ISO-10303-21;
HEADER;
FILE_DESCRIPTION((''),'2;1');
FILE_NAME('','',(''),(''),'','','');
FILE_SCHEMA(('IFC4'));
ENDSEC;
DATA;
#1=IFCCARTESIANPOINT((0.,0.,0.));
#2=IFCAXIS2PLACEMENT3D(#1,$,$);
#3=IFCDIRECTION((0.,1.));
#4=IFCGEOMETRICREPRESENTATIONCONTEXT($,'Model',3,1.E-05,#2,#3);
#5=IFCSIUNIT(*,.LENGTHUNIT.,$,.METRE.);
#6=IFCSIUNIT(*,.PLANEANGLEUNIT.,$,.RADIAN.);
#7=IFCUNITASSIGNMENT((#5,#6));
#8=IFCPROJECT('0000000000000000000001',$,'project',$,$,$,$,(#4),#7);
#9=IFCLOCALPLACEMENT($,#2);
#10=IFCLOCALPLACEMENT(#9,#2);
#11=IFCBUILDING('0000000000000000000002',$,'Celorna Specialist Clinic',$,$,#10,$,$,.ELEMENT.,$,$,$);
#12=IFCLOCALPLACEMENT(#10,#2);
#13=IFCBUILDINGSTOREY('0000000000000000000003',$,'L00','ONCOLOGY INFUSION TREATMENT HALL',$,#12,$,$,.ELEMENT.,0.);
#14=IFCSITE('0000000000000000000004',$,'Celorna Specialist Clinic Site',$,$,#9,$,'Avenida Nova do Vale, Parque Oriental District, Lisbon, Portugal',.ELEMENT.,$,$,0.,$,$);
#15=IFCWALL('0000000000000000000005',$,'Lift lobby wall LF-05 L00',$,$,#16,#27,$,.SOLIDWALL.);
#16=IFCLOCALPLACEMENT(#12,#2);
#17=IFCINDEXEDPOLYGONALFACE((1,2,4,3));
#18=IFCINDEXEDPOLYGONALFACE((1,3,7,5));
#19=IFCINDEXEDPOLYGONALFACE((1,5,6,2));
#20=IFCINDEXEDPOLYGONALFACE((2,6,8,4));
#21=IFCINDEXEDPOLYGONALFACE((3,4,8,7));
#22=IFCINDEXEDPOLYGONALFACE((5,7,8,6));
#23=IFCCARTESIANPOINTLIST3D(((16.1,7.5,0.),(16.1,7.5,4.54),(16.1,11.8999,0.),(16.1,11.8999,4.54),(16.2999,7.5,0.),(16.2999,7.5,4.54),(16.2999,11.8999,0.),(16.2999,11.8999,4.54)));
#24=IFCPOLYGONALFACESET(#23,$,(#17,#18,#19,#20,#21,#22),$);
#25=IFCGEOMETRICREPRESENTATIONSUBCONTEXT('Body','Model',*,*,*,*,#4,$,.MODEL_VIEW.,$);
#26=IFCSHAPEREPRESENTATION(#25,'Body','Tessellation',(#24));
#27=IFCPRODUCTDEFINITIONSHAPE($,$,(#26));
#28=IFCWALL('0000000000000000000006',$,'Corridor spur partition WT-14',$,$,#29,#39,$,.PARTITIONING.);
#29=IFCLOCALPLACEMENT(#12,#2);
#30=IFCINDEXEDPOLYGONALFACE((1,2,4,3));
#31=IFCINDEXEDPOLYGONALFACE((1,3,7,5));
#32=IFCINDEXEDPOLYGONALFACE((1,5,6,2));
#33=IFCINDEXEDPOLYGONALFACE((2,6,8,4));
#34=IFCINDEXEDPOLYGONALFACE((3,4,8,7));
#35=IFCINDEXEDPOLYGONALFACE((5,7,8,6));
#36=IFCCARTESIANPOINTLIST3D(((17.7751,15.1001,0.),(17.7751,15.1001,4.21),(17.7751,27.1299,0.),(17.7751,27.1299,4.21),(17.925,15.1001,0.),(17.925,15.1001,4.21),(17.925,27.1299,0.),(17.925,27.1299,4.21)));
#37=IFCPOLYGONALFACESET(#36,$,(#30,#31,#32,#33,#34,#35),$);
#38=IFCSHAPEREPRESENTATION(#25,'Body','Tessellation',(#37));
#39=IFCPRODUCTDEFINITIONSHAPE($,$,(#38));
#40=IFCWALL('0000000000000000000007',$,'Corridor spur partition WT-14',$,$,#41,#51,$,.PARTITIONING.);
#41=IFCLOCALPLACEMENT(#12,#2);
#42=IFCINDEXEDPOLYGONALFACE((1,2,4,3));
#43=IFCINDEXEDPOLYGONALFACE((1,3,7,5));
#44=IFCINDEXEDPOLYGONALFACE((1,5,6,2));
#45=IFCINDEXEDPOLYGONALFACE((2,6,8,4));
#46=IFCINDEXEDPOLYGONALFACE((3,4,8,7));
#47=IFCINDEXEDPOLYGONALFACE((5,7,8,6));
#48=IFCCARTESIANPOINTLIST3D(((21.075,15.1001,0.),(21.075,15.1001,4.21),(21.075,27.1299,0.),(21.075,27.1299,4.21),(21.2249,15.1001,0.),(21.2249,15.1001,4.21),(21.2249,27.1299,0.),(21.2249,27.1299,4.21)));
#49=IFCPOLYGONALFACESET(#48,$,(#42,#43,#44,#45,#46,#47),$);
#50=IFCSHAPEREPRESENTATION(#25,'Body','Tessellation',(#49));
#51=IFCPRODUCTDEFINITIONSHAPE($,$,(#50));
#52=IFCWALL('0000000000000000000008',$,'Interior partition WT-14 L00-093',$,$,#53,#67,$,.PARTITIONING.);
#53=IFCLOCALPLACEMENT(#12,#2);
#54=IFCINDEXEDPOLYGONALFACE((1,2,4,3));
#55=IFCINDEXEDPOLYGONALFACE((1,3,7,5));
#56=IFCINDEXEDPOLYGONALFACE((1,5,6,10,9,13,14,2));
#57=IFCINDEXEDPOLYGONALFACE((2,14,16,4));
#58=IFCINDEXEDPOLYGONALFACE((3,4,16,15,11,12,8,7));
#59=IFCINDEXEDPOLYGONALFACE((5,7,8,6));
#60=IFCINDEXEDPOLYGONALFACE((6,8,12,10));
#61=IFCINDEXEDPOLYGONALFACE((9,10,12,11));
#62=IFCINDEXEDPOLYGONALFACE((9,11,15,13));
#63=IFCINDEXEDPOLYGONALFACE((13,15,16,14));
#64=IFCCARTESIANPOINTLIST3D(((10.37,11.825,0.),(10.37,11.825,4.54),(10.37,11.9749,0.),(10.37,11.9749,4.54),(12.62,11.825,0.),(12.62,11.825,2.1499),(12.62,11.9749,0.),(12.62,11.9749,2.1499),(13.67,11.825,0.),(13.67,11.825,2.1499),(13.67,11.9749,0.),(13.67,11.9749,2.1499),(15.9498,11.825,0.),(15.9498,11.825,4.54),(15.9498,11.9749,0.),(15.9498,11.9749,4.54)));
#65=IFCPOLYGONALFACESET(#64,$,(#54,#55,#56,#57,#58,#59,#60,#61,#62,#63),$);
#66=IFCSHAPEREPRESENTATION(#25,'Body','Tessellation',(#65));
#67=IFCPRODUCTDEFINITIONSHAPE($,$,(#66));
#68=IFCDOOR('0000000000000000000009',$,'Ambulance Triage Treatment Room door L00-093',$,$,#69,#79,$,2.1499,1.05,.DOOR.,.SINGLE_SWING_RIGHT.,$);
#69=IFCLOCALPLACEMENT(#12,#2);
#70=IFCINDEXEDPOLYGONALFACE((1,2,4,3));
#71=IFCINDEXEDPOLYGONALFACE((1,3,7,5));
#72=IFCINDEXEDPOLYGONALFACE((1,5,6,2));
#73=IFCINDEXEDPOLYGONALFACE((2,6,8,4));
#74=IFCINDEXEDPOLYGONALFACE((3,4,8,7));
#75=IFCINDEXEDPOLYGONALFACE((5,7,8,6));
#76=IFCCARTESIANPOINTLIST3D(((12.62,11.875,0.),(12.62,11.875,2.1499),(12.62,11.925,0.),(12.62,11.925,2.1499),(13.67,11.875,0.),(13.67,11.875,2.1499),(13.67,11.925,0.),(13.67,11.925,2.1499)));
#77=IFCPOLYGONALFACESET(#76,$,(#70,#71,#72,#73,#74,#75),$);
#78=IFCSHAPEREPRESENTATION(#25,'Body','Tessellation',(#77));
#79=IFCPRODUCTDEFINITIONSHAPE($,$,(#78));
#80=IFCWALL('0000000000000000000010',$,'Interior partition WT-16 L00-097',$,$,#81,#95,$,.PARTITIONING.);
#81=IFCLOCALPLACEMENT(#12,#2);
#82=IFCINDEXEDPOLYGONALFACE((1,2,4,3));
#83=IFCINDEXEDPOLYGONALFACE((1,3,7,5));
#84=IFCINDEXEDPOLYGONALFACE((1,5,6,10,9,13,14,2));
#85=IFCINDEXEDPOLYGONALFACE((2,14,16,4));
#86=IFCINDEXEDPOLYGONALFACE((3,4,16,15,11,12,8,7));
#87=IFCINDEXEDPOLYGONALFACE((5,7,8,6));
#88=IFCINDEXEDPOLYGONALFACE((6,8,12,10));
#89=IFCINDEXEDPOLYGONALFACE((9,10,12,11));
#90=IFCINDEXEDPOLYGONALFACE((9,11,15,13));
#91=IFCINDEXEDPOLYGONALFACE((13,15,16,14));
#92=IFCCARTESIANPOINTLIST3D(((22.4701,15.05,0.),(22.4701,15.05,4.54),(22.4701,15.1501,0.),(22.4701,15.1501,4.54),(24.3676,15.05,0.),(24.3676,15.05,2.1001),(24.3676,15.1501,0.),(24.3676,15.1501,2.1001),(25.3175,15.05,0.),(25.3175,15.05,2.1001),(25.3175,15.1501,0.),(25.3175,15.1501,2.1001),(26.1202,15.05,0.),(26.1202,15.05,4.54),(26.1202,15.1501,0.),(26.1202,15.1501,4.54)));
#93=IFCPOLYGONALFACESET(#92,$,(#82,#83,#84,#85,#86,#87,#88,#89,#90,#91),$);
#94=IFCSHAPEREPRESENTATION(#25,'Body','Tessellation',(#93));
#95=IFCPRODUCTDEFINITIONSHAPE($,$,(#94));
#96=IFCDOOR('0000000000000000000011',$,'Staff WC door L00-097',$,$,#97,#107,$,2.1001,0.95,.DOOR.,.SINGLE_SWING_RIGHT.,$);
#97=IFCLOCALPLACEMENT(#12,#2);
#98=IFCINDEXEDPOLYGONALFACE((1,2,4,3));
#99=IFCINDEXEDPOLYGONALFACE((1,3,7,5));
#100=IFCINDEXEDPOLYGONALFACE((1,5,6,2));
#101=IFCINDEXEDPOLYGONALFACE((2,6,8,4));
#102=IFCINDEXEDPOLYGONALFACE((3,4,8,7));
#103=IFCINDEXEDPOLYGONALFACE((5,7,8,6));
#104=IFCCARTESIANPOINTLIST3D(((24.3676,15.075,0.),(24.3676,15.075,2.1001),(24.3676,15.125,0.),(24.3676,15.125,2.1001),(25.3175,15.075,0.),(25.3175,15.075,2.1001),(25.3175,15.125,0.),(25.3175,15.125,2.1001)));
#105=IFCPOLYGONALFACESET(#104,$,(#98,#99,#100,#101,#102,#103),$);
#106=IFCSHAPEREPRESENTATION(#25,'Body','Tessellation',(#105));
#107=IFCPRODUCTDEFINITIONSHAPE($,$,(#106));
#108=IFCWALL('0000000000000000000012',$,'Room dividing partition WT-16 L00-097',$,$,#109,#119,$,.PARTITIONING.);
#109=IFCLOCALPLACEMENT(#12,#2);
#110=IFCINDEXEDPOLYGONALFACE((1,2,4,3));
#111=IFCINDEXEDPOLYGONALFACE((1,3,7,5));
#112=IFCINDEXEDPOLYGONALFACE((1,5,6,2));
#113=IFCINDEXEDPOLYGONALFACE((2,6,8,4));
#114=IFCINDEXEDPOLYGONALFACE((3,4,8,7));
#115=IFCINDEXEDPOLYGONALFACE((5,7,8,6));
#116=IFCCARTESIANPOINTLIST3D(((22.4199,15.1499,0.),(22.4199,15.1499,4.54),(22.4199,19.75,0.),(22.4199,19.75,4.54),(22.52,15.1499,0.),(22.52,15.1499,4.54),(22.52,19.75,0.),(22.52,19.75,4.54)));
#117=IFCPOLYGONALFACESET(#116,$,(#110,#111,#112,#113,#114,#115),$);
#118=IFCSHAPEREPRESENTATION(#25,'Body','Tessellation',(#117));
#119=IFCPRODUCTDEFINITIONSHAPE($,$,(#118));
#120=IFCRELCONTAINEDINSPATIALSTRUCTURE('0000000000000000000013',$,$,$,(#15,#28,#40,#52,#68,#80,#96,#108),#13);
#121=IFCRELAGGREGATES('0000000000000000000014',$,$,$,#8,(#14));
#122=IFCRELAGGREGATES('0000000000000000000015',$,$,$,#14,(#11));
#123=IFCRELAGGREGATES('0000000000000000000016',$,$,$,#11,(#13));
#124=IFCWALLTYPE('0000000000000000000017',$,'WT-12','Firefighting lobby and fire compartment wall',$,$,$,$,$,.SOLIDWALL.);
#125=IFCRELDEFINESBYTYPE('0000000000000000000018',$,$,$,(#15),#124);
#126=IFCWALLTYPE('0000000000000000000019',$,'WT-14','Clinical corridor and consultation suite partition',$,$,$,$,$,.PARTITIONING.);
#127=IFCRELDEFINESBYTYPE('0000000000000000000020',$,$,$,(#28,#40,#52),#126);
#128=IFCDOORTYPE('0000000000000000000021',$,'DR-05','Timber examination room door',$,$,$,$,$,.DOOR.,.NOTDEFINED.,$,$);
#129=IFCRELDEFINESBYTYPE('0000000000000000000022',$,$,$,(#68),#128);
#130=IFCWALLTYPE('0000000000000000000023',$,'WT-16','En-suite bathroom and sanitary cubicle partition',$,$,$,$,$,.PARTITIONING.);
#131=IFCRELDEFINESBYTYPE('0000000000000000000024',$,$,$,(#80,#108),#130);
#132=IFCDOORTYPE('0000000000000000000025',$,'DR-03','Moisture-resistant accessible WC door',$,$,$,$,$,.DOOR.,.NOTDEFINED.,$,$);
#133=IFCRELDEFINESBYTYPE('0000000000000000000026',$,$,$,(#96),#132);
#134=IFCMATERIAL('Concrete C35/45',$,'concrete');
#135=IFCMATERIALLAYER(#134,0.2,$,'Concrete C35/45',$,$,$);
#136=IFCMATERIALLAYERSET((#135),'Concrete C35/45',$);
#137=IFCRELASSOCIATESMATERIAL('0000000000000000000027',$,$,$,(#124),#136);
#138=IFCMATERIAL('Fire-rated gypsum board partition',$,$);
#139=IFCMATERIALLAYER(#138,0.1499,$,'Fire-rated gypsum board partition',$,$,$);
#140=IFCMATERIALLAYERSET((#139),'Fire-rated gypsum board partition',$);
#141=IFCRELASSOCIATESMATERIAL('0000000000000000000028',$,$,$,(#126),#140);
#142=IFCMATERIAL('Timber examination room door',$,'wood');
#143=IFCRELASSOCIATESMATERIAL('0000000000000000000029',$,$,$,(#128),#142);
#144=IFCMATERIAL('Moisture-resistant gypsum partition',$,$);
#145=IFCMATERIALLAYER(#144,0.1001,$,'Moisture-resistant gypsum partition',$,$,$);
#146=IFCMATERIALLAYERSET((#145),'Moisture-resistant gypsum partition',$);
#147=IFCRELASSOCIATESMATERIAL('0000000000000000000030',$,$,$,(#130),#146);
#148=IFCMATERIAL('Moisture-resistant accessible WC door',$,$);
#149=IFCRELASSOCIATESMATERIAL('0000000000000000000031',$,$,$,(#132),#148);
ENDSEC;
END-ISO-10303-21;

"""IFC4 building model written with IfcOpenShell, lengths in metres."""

from ifc_helpers import new_model, si_unit, direction, frame, frame_2d, origin, place, context, subcontext, project, spatial, rectangle, extrude, material, layer, layer_set, type_object, element, fill, save


model = new_model("IFC4")

# Units and contexts
model_context = context("Model", 3, precision=1e-05, world=origin(), true_north=direction((0.0, 1.0)))
body_context = subcontext(model_context, "Body", "Model", "MODEL_VIEW")
ifc_project = project(units=[si_unit("LENGTHUNIT", "METRE"), si_unit("PLANEANGLEUNIT", "RADIAN")], contexts=[model_context])

# Site, building, storey
site_placement = place(None, origin())
site = spatial("IfcSite", under=ifc_project, at=site_placement, Name="Celorna Specialist Clinic Site", LongName="Avenida Nova do Vale, Parque Oriental District, Lisbon, Portugal", CompositionType="ELEMENT", RefElevation=0.0)
building_placement = place(site_placement, origin())
building = spatial("IfcBuilding", under=site, at=building_placement, Name="Celorna Specialist Clinic", CompositionType="ELEMENT")
storey_placement = place(building_placement, origin())
storey = spatial("IfcBuildingStorey", under=building, at=storey_placement, Name="L00", Description="ONCOLOGY INFUSION TREATMENT HALL", CompositionType="ELEMENT", Elevation=0.0)

# Walls
ifc_material_1 = material(Name="Concrete C35/45", Category="concrete")
ifc_layer_1 = layer(ifc_material_1, 0.2, Name="Concrete C35/45")
ifc_layer_set_1 = layer_set([ifc_layer_1], Name="Concrete C35/45")
wall_type_1 = type_object("IfcWallType", Name="WT-12", Description="Firefighting lobby and fire compartment wall", PredefinedType="SOLIDWALL", material=ifc_layer_set_1)
wall_1_placement = place(storey_placement, frame((16.2, 11.8999, 0.0), z_axis=(0.0, 0.0, 1.0), x_axis=(0.0, -1.0, 0.0)))
element("IfcWall", 1, at=wall_1_placement, inside=storey, type_object=wall_type_1, Name="Lift lobby wall LF-05 L00", PredefinedType="SOLIDWALL", context=body_context, shape_type="SweptSolid", body=[
    extrude(rectangle(XDim=4.3999, YDim=0.2, at=frame_2d((2.2, 0.0))), origin(), (0.0, 0.0, 1.0), 4.54),
])
ifc_material_2 = material(Name="Fire-rated gypsum board partition")
ifc_layer_2 = layer(ifc_material_2, 0.1499, Name="Fire-rated gypsum board partition")
ifc_layer_set_2 = layer_set([ifc_layer_2], Name="Fire-rated gypsum board partition")
wall_type_2 = type_object("IfcWallType", Name="WT-14", Description="Clinical corridor and consultation suite partition", PredefinedType="PARTITIONING", material=ifc_layer_set_2)
for number, where, z_axis, x_axis, name in (
    (2, (17.8501, 15.1001, 0.0), (0.0, 0.0, 1.0), (0.0, 1.0, 0.0), "Corridor spur partition WT-14"),
    (3, (21.1499, 15.1001, 0.0), (0.0, 0.0, 1.0), (0.0, 1.0, 0.0), "Corridor spur partition WT-14"),
):
    element("IfcWall", number, at=place(storey_placement, frame(where, z_axis=z_axis, x_axis=x_axis)), inside=storey, type_object=wall_type_2, Name=name, PredefinedType="PARTITIONING", context=body_context, shape_type="SweptSolid", body=[
        extrude(rectangle(XDim=12.0298, YDim=0.1499, at=frame_2d((6.0149, 0.0))), origin(), (0.0, 0.0, 1.0), 4.21),
    ])

# Walls, openings, doors
wall_2_placement = place(storey_placement, frame((15.95, 11.8999, 0.0), z_axis=(0.0, 0.0, 1.0), x_axis=(-1.0, 0.0, 0.0)))
wall_2 = element("IfcWall", 4, at=wall_2_placement, inside=storey, type_object=wall_type_2, Name="Interior partition WT-14 L00-093", PredefinedType="PARTITIONING", context=body_context, shape_type="SweptSolid", body=[
    extrude(rectangle(XDim=5.5798, YDim=0.1499, at=frame_2d((2.79, 0.0))), origin(), (0.0, 0.0, 1.0), 4.54),
])
opening_1_placement = place(wall_2_placement, frame((2.28, 0.0, 0.0)))
opening_1 = element("IfcOpeningElement", 5, at=opening_1_placement, cuts=wall_2, PredefinedType="OPENING", context=body_context, shape_type="SweptSolid", body=[
    extrude(rectangle(XDim=1.05, YDim=2.1499, at=frame_2d((0.5249, 1.075))), frame((0.0, 0.085, 0.0), z_axis=(0.0, -1.0, 0.0), x_axis=(1.0, 0.0, 0.0)), (0.0, 0.0, 1.0), 0.1699),
])
ifc_material_3 = material(Name="Timber examination room door", Category="wood")
door_type_1 = type_object("IfcDoorType", Name="DR-05", Description="Timber examination room door", OperationType="NOTDEFINED", PredefinedType="DOOR", material=ifc_material_3)
door_1_placement = place(opening_1_placement, origin())
door_1 = element("IfcDoor", 6, at=door_1_placement, inside=storey, type_object=door_type_1, Name="Ambulance Triage Treatment Room door L00-093", OperationType="SINGLE_SWING_RIGHT", OverallHeight=2.1499, OverallWidth=1.05, PredefinedType="DOOR", context=body_context, shape_type="SweptSolid", body=[
    extrude(rectangle(XDim=1.05, YDim=2.1499, at=frame_2d((0.5249, 1.075))), frame((0.0, 0.0249, 0.0), z_axis=(0.0, -1.0, 0.0), x_axis=(1.0, 0.0, 0.0)), (0.0, 0.0, 1.0), 0.05),
])
fill(opening_1, door_1)
ifc_material_4 = material(Name="Moisture-resistant gypsum partition")
ifc_layer_3 = layer(ifc_material_4, 0.1001, Name="Moisture-resistant gypsum partition")
ifc_layer_set_3 = layer_set([ifc_layer_3], Name="Moisture-resistant gypsum partition")
wall_type_3 = type_object("IfcWallType", Name="WT-16", Description="En-suite bathroom and sanitary cubicle partition", PredefinedType="PARTITIONING", material=ifc_layer_set_3)
wall_3_placement = place(storey_placement, frame((22.47, 15.1001, 0.0), z_axis=(0.0, 0.0, 1.0), x_axis=(1.0, 0.0, 0.0)))
wall_3 = element("IfcWall", 7, at=wall_3_placement, inside=storey, type_object=wall_type_3, Name="Interior partition WT-16 L00-097", PredefinedType="PARTITIONING", context=body_context, shape_type="SweptSolid", body=[
    extrude(rectangle(XDim=3.6501, YDim=0.1001, at=frame_2d((1.8252, 0.0))), origin(), (0.0, 0.0, 1.0), 4.54),
])
opening_2_placement = place(wall_3_placement, frame((1.8975, 0.0, 0.0)))
opening_2 = element("IfcOpeningElement", 8, at=opening_2_placement, cuts=wall_3, PredefinedType="OPENING", context=body_context, shape_type="SweptSolid", body=[
    extrude(rectangle(XDim=0.95, YDim=2.1001, at=frame_2d((0.4751, 1.05))), frame((0.0, 0.0601, 0.0), z_axis=(0.0, -1.0, 0.0), x_axis=(1.0, 0.0, 0.0)), (0.0, 0.0, 1.0), 0.1201),
])
ifc_material_5 = material(Name="Moisture-resistant accessible WC door")
door_type_2 = type_object("IfcDoorType", Name="DR-03", Description="Moisture-resistant accessible WC door", OperationType="NOTDEFINED", PredefinedType="DOOR", material=ifc_material_5)
door_2_placement = place(opening_2_placement, origin())
door_2 = element("IfcDoor", 9, at=door_2_placement, inside=storey, type_object=door_type_2, Name="Staff WC door L00-097", OperationType="SINGLE_SWING_RIGHT", OverallHeight=2.1001, OverallWidth=0.95, PredefinedType="DOOR", context=body_context, shape_type="SweptSolid", body=[
    extrude(rectangle(XDim=0.95, YDim=2.1001, at=frame_2d((0.4751, 1.05))), frame((0.0, 0.0249, 0.0), z_axis=(0.0, -1.0, 0.0), x_axis=(1.0, 0.0, 0.0)), (0.0, 0.0, 1.0), 0.05),
])
fill(opening_2, door_2)

# Wall
wall_4_placement = place(storey_placement, frame((22.47, 15.1499, 0.0), z_axis=(0.0, 0.0, 1.0), x_axis=(0.0, 1.0, 0.0)))
element("IfcWall", 10, at=wall_4_placement, inside=storey, type_object=wall_type_3, Name="Room dividing partition WT-16 L00-097", PredefinedType="PARTITIONING", context=body_context, shape_type="SweptSolid", body=[
    extrude(rectangle(XDim=4.6001, YDim=0.1001, at=frame_2d((2.3, 0.0))), origin(), (0.0, 0.0, 1.0), 4.54),
])

save(model, "model.ifc")
